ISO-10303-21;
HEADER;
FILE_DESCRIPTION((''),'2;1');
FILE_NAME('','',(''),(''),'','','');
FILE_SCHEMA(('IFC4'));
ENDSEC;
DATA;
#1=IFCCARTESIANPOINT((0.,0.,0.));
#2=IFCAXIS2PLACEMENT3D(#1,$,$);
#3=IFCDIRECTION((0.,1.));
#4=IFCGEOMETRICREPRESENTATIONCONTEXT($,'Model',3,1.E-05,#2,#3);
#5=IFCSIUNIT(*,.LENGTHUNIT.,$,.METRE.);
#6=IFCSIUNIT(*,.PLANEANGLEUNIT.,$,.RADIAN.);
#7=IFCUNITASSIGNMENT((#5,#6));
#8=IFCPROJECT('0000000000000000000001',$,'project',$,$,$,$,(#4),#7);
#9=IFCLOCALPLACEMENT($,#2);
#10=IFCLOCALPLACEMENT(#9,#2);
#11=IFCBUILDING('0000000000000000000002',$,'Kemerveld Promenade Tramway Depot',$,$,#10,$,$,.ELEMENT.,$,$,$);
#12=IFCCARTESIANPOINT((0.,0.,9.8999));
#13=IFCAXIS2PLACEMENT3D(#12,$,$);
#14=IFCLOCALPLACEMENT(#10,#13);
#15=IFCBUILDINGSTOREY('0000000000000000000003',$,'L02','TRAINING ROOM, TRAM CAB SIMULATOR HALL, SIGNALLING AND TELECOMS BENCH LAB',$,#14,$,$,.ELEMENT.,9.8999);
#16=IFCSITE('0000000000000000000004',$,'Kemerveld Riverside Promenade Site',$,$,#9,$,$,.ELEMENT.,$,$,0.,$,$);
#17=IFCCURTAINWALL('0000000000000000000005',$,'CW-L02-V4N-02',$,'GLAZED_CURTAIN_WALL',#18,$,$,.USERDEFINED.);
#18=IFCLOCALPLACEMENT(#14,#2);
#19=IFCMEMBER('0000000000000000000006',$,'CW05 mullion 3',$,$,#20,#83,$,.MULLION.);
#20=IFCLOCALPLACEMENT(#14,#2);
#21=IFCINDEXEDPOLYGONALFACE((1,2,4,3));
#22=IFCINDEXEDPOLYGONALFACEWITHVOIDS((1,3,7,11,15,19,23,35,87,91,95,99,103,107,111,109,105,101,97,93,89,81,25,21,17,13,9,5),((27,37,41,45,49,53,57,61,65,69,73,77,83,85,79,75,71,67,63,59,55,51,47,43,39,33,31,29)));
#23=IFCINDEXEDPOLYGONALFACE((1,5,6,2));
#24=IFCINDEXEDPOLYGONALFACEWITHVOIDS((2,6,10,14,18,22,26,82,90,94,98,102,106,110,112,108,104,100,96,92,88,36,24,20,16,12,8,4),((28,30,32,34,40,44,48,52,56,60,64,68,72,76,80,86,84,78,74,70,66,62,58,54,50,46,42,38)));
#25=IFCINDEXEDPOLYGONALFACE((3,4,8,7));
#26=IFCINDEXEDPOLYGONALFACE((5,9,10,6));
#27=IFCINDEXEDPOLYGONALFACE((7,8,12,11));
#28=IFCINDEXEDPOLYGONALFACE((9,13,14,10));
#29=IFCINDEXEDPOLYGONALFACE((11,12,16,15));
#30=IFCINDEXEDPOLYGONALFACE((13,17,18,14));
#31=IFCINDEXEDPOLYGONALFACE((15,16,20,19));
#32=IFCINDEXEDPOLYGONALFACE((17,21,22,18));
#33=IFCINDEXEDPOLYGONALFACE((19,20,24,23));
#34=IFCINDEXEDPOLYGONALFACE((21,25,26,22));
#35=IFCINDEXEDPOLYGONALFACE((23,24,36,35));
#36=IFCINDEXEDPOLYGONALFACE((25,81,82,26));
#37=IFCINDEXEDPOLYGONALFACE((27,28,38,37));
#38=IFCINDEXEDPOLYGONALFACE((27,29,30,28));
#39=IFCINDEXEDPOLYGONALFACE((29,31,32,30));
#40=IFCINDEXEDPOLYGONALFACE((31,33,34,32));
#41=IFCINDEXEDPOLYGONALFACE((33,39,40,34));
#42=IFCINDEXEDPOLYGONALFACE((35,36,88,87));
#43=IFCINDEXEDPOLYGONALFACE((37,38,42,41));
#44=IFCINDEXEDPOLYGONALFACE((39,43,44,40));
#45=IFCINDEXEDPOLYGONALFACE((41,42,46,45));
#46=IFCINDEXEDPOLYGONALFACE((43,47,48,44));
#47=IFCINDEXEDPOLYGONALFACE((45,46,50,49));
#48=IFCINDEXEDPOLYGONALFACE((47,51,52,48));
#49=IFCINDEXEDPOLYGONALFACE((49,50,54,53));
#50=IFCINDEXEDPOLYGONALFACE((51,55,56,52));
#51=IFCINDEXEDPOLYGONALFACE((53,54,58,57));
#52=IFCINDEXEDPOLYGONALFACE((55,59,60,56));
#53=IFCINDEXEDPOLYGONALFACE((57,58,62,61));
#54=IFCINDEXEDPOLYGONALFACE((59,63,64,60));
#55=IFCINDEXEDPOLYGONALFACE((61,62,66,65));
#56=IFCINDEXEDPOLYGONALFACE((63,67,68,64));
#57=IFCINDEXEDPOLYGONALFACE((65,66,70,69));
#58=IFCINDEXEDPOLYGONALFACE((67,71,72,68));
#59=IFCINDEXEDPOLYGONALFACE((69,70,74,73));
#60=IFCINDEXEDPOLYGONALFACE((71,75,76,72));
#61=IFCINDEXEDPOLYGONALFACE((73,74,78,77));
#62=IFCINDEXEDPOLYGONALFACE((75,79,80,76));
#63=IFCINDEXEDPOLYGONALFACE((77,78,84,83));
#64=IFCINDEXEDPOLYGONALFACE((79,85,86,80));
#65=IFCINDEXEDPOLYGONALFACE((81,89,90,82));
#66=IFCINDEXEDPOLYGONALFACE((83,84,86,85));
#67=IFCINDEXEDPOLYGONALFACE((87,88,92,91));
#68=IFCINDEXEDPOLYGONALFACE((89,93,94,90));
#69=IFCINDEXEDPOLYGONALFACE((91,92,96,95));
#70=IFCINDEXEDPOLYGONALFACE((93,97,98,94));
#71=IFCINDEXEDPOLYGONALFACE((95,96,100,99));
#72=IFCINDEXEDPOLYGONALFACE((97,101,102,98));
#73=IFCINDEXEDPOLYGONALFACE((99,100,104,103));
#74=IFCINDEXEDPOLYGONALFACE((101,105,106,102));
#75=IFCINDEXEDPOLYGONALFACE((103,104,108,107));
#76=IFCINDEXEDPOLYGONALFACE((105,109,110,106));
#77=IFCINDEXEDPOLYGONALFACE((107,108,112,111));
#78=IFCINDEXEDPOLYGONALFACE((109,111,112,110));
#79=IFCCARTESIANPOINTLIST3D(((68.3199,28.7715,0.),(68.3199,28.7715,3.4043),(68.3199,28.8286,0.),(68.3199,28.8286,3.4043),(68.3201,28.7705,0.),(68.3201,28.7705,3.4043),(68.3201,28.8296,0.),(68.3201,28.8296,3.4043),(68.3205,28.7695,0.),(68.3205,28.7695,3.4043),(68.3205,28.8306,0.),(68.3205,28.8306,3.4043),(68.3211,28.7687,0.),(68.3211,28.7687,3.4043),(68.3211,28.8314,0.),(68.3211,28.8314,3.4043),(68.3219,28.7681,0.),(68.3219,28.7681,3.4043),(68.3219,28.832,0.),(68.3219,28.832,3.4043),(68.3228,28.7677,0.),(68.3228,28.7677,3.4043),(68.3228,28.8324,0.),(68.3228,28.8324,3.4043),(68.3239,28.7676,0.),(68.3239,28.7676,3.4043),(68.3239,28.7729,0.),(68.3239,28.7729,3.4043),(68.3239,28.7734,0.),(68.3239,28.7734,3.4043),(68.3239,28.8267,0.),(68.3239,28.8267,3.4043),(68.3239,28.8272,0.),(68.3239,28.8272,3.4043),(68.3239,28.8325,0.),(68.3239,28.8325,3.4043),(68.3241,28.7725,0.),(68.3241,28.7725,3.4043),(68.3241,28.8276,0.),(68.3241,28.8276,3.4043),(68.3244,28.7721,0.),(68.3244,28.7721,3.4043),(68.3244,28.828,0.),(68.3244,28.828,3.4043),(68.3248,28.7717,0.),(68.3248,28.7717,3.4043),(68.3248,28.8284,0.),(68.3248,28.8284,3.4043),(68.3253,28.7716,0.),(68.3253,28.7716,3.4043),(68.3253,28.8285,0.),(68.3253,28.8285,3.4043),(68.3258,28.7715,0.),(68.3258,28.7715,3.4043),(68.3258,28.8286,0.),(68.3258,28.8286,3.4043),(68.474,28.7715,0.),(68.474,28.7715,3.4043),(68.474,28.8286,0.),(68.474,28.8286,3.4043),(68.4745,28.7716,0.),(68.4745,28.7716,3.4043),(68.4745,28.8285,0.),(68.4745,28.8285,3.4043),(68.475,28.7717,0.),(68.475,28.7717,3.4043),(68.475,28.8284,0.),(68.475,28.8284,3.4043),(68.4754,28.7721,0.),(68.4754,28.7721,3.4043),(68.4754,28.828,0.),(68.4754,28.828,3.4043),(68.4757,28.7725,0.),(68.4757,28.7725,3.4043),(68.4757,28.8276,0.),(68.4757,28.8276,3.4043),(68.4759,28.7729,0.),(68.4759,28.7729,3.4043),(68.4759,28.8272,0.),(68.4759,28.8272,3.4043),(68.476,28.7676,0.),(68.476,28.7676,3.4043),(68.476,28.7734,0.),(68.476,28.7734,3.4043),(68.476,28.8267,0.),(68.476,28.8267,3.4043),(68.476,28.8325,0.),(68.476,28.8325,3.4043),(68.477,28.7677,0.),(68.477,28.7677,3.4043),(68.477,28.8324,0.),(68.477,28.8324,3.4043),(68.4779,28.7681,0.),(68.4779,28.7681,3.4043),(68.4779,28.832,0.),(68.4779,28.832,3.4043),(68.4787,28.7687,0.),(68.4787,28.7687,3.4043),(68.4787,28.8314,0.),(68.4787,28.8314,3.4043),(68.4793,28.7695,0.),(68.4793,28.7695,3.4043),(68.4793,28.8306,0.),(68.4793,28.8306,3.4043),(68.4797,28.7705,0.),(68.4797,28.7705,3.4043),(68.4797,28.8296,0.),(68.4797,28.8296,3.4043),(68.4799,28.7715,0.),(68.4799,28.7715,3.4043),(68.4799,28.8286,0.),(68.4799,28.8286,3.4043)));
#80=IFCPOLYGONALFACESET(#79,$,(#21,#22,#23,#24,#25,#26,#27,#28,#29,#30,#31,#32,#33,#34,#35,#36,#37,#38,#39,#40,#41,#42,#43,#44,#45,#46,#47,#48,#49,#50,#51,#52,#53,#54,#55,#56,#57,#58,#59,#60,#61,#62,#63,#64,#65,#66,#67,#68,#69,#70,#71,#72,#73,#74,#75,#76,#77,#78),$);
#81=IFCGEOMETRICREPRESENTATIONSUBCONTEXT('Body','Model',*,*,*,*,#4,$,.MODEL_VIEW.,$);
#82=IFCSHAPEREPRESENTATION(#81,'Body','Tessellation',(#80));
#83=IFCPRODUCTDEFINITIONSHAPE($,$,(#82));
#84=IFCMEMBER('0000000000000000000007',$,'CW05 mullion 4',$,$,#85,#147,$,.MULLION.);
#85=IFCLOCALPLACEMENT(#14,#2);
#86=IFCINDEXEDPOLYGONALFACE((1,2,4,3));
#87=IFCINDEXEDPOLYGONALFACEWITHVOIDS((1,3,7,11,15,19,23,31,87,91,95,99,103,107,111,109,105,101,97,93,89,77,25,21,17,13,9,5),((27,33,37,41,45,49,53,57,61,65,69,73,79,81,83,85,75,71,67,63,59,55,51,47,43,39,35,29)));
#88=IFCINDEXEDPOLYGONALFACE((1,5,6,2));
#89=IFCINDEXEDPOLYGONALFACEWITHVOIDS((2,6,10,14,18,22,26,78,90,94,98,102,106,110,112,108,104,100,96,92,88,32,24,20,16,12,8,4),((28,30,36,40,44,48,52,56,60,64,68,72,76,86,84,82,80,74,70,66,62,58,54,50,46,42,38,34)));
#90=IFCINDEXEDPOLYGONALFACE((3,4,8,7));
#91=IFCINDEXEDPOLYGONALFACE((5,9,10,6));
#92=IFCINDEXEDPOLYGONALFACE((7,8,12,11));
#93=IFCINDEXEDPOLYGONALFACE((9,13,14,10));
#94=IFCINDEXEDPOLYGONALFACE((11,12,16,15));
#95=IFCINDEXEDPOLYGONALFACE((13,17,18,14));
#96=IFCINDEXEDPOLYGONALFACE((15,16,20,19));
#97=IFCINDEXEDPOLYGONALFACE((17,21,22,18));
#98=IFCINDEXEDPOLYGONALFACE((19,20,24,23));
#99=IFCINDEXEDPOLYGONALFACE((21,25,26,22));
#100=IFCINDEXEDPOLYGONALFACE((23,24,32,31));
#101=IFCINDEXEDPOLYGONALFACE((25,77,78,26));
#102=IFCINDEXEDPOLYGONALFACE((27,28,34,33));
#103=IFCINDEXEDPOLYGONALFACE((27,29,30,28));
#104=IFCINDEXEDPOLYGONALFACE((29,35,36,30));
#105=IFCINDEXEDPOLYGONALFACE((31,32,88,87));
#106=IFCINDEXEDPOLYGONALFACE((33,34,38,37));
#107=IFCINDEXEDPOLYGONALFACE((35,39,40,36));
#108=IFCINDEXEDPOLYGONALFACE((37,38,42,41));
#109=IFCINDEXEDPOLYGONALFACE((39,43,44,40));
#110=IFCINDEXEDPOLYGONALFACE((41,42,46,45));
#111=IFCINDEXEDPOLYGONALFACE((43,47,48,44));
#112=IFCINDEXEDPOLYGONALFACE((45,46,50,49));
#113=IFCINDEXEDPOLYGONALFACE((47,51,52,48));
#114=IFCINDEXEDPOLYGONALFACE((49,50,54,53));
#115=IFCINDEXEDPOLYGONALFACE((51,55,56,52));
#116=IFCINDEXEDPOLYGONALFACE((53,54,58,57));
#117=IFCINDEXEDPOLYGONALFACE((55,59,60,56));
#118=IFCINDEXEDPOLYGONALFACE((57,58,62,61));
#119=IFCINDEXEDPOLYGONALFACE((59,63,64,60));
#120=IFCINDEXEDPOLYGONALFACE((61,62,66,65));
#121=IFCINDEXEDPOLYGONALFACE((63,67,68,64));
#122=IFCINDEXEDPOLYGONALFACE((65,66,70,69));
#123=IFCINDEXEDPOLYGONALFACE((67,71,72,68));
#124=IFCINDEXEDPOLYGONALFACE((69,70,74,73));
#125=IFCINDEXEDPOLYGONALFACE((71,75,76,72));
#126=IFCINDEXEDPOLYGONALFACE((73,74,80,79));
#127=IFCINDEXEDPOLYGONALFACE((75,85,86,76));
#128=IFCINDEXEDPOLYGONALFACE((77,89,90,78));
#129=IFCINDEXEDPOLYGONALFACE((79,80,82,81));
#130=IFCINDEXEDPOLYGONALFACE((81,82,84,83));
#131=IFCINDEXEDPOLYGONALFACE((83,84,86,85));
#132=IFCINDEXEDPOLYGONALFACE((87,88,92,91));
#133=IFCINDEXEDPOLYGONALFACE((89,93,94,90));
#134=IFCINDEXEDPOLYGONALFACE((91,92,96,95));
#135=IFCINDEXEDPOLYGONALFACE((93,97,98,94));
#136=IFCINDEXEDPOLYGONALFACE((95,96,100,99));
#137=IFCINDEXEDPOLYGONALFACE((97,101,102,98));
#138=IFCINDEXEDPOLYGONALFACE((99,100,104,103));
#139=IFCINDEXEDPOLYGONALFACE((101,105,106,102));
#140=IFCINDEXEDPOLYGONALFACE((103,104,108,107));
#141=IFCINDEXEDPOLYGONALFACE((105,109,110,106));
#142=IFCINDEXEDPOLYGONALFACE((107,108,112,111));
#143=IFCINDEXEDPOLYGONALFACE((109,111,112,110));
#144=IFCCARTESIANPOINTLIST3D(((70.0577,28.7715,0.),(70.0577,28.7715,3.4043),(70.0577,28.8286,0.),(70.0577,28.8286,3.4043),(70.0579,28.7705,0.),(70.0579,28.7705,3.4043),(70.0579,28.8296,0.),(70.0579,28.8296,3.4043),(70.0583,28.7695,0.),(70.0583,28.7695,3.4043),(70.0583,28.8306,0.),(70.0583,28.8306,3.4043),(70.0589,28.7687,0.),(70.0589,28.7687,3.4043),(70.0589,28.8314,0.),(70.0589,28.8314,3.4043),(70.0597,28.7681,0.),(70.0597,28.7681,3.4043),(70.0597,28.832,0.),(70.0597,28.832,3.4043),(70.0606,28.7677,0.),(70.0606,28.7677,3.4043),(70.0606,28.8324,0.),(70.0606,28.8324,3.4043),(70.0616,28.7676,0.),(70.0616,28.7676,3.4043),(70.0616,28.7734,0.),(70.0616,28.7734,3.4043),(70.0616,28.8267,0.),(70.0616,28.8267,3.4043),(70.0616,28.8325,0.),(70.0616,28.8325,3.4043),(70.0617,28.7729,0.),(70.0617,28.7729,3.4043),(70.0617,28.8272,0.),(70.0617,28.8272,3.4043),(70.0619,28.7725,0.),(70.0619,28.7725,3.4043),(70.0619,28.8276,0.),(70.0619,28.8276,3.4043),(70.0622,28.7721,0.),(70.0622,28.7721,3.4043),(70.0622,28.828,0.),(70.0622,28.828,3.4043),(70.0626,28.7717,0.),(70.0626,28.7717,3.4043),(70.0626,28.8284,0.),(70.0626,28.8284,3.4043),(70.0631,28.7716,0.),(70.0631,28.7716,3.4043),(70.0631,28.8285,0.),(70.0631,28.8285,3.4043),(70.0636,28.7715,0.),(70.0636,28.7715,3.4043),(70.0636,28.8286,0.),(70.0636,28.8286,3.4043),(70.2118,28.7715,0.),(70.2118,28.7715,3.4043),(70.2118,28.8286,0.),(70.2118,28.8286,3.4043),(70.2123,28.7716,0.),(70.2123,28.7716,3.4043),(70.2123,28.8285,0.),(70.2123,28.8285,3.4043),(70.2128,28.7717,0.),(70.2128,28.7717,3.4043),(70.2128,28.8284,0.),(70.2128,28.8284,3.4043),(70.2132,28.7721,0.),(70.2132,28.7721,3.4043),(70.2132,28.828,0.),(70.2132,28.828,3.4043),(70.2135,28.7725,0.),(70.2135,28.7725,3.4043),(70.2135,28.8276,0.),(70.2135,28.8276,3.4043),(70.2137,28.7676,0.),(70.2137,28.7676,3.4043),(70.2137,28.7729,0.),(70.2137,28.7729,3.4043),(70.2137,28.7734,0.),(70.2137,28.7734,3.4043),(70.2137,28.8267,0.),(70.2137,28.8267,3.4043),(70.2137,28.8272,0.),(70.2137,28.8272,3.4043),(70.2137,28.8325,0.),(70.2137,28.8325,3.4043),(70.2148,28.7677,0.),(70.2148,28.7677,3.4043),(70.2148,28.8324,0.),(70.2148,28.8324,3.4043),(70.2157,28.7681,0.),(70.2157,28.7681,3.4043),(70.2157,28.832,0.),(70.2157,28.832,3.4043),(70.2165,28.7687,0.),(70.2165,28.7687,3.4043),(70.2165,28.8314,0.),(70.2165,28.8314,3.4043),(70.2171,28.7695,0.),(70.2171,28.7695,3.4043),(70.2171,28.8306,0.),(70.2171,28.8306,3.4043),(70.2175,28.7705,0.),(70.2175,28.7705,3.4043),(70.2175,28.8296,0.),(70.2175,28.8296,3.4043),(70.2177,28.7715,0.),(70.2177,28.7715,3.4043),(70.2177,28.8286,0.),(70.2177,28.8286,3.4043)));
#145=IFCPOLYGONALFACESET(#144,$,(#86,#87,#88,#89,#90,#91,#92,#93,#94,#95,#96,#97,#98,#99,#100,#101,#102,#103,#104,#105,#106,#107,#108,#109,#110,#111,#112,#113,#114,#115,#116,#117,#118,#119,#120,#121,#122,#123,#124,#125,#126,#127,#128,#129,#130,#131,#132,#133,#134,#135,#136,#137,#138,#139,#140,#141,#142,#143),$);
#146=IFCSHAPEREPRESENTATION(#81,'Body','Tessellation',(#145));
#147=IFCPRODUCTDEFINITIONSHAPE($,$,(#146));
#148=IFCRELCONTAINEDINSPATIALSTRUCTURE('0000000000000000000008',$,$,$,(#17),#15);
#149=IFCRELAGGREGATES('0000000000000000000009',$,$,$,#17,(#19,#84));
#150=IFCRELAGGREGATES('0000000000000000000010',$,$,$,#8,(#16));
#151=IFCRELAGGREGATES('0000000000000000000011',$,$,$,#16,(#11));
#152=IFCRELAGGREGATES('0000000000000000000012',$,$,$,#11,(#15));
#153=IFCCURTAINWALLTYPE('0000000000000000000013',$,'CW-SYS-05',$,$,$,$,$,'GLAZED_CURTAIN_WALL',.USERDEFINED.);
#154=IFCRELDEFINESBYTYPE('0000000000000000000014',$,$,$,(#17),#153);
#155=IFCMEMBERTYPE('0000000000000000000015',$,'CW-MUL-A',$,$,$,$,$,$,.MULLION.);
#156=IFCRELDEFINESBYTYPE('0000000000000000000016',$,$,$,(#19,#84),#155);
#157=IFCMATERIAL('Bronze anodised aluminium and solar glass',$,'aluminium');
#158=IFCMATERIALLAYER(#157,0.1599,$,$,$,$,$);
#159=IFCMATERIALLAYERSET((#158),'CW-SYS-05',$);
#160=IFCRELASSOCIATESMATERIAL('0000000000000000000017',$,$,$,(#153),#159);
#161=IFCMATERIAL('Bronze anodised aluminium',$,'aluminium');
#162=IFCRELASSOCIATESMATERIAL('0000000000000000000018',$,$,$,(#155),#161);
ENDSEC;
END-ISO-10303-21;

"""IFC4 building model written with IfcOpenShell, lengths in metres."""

from ifc_helpers import new_model, si_unit, direction, frame, origin, origin_2d, place, context, subcontext, project, spatial, hollow_rectangle, extrude, material, layer, layer_set, material_profile, profile_set, type_object, element, aggregate, save


model = new_model("IFC4")

# Units and contexts
model_context = context("Model", 3, precision=1e-05, world=origin(), true_north=direction((0.0, 1.0)))
body_context = subcontext(model_context, "Body", "Model", "MODEL_VIEW")
ifc_project = project(units=[si_unit("LENGTHUNIT", "METRE"), si_unit("PLANEANGLEUNIT", "RADIAN")], contexts=[model_context])

# Site, building, storey
site_placement = place(None, origin())
site = spatial("IfcSite", under=ifc_project, at=site_placement, Name="Kemerveld Riverside Promenade Site", CompositionType="ELEMENT", RefElevation=0.0)
building_placement = place(site_placement, origin())
building = spatial("IfcBuilding", under=site, at=building_placement, Name="Kemerveld Promenade Tramway Depot", CompositionType="ELEMENT")
storey_placement = place(building_placement, frame((0.0, 0.0, 9.8999)))
storey = spatial("IfcBuildingStorey", under=building, at=storey_placement, Name="L02", Description="TRAINING ROOM, TRAM CAB SIMULATOR HALL, SIGNALLING AND TELECOMS BENCH LAB", CompositionType="ELEMENT", Elevation=9.8999)

# Curtain wall, members
ifc_material_1 = material(Name="Bronze anodised aluminium and solar glass", Category="aluminium")
ifc_layer_1 = layer(ifc_material_1, 0.1599)
ifc_layer_set_1 = layer_set([ifc_layer_1], Name="CW-SYS-05")
curtain_wall_type = type_object("IfcCurtainWallType", Name="CW-SYS-05", ElementType="GLAZED_CURTAIN_WALL", PredefinedType="USERDEFINED", material=ifc_layer_set_1)
curtain_wall_placement = place(storey_placement, origin())
curtain_wall = element("IfcCurtainWall", 1, at=curtain_wall_placement, inside=storey, type_object=curtain_wall_type, Name="CW-L02-V4N-02", ObjectType="GLAZED_CURTAIN_WALL", PredefinedType="USERDEFINED")
ifc_material_2 = material(Name="Bronze anodised aluminium", Category="aluminium")
ifc_material_profile_1 = material_profile(ifc_material_2, hollow_rectangle(XDim=0.0649, YDim=0.1599, WallThickness=0.0039, InnerFilletRadius=0.002, OuterFilletRadius=0.0039, at=origin_2d()), Name="CW-MUL-160x65")
ifc_profile_set_1 = profile_set([ifc_material_profile_1], Name="Bronze anodised aluminium")
member_type_1 = type_object("IfcMemberType", Name="CW-MUL-A", PredefinedType="MULLION", material=ifc_profile_set_1)
member_1_placement = place(storey_placement, frame((68.3999, 28.8, 0.0), z_axis=(0.0, 0.0, 1.0), x_axis=(0.0, 1.0, 0.0)))
member_1 = element("IfcMember", 2, at=member_1_placement, type_object=member_type_1, Name="CW05 mullion 3", PredefinedType="MULLION", context=body_context, shape_type="SweptSolid", body=[
    extrude(hollow_rectangle(XDim=0.0649, YDim=0.1599, WallThickness=0.0039, InnerFilletRadius=0.002, OuterFilletRadius=0.0039, at=origin_2d()), origin(), (0.0, 0.0, 1.0), 3.4043),
])
member_2_placement = place(storey_placement, frame((70.1377, 28.8, 0.0), z_axis=(0.0, 0.0, 1.0), x_axis=(0.0, 1.0, 0.0)))
member_2 = element("IfcMember", 3, at=member_2_placement, type_object=member_type_1, Name="CW05 mullion 4", PredefinedType="MULLION", context=body_context, shape_type="SweptSolid", body=[
    extrude(hollow_rectangle(XDim=0.0649, YDim=0.1599, WallThickness=0.0039, InnerFilletRadius=0.002, OuterFilletRadius=0.0039, at=origin_2d()), origin(), (0.0, 0.0, 1.0), 3.4043),
])
aggregate(curtain_wall, [member_1, member_2])

save(model, "model.ifc")
